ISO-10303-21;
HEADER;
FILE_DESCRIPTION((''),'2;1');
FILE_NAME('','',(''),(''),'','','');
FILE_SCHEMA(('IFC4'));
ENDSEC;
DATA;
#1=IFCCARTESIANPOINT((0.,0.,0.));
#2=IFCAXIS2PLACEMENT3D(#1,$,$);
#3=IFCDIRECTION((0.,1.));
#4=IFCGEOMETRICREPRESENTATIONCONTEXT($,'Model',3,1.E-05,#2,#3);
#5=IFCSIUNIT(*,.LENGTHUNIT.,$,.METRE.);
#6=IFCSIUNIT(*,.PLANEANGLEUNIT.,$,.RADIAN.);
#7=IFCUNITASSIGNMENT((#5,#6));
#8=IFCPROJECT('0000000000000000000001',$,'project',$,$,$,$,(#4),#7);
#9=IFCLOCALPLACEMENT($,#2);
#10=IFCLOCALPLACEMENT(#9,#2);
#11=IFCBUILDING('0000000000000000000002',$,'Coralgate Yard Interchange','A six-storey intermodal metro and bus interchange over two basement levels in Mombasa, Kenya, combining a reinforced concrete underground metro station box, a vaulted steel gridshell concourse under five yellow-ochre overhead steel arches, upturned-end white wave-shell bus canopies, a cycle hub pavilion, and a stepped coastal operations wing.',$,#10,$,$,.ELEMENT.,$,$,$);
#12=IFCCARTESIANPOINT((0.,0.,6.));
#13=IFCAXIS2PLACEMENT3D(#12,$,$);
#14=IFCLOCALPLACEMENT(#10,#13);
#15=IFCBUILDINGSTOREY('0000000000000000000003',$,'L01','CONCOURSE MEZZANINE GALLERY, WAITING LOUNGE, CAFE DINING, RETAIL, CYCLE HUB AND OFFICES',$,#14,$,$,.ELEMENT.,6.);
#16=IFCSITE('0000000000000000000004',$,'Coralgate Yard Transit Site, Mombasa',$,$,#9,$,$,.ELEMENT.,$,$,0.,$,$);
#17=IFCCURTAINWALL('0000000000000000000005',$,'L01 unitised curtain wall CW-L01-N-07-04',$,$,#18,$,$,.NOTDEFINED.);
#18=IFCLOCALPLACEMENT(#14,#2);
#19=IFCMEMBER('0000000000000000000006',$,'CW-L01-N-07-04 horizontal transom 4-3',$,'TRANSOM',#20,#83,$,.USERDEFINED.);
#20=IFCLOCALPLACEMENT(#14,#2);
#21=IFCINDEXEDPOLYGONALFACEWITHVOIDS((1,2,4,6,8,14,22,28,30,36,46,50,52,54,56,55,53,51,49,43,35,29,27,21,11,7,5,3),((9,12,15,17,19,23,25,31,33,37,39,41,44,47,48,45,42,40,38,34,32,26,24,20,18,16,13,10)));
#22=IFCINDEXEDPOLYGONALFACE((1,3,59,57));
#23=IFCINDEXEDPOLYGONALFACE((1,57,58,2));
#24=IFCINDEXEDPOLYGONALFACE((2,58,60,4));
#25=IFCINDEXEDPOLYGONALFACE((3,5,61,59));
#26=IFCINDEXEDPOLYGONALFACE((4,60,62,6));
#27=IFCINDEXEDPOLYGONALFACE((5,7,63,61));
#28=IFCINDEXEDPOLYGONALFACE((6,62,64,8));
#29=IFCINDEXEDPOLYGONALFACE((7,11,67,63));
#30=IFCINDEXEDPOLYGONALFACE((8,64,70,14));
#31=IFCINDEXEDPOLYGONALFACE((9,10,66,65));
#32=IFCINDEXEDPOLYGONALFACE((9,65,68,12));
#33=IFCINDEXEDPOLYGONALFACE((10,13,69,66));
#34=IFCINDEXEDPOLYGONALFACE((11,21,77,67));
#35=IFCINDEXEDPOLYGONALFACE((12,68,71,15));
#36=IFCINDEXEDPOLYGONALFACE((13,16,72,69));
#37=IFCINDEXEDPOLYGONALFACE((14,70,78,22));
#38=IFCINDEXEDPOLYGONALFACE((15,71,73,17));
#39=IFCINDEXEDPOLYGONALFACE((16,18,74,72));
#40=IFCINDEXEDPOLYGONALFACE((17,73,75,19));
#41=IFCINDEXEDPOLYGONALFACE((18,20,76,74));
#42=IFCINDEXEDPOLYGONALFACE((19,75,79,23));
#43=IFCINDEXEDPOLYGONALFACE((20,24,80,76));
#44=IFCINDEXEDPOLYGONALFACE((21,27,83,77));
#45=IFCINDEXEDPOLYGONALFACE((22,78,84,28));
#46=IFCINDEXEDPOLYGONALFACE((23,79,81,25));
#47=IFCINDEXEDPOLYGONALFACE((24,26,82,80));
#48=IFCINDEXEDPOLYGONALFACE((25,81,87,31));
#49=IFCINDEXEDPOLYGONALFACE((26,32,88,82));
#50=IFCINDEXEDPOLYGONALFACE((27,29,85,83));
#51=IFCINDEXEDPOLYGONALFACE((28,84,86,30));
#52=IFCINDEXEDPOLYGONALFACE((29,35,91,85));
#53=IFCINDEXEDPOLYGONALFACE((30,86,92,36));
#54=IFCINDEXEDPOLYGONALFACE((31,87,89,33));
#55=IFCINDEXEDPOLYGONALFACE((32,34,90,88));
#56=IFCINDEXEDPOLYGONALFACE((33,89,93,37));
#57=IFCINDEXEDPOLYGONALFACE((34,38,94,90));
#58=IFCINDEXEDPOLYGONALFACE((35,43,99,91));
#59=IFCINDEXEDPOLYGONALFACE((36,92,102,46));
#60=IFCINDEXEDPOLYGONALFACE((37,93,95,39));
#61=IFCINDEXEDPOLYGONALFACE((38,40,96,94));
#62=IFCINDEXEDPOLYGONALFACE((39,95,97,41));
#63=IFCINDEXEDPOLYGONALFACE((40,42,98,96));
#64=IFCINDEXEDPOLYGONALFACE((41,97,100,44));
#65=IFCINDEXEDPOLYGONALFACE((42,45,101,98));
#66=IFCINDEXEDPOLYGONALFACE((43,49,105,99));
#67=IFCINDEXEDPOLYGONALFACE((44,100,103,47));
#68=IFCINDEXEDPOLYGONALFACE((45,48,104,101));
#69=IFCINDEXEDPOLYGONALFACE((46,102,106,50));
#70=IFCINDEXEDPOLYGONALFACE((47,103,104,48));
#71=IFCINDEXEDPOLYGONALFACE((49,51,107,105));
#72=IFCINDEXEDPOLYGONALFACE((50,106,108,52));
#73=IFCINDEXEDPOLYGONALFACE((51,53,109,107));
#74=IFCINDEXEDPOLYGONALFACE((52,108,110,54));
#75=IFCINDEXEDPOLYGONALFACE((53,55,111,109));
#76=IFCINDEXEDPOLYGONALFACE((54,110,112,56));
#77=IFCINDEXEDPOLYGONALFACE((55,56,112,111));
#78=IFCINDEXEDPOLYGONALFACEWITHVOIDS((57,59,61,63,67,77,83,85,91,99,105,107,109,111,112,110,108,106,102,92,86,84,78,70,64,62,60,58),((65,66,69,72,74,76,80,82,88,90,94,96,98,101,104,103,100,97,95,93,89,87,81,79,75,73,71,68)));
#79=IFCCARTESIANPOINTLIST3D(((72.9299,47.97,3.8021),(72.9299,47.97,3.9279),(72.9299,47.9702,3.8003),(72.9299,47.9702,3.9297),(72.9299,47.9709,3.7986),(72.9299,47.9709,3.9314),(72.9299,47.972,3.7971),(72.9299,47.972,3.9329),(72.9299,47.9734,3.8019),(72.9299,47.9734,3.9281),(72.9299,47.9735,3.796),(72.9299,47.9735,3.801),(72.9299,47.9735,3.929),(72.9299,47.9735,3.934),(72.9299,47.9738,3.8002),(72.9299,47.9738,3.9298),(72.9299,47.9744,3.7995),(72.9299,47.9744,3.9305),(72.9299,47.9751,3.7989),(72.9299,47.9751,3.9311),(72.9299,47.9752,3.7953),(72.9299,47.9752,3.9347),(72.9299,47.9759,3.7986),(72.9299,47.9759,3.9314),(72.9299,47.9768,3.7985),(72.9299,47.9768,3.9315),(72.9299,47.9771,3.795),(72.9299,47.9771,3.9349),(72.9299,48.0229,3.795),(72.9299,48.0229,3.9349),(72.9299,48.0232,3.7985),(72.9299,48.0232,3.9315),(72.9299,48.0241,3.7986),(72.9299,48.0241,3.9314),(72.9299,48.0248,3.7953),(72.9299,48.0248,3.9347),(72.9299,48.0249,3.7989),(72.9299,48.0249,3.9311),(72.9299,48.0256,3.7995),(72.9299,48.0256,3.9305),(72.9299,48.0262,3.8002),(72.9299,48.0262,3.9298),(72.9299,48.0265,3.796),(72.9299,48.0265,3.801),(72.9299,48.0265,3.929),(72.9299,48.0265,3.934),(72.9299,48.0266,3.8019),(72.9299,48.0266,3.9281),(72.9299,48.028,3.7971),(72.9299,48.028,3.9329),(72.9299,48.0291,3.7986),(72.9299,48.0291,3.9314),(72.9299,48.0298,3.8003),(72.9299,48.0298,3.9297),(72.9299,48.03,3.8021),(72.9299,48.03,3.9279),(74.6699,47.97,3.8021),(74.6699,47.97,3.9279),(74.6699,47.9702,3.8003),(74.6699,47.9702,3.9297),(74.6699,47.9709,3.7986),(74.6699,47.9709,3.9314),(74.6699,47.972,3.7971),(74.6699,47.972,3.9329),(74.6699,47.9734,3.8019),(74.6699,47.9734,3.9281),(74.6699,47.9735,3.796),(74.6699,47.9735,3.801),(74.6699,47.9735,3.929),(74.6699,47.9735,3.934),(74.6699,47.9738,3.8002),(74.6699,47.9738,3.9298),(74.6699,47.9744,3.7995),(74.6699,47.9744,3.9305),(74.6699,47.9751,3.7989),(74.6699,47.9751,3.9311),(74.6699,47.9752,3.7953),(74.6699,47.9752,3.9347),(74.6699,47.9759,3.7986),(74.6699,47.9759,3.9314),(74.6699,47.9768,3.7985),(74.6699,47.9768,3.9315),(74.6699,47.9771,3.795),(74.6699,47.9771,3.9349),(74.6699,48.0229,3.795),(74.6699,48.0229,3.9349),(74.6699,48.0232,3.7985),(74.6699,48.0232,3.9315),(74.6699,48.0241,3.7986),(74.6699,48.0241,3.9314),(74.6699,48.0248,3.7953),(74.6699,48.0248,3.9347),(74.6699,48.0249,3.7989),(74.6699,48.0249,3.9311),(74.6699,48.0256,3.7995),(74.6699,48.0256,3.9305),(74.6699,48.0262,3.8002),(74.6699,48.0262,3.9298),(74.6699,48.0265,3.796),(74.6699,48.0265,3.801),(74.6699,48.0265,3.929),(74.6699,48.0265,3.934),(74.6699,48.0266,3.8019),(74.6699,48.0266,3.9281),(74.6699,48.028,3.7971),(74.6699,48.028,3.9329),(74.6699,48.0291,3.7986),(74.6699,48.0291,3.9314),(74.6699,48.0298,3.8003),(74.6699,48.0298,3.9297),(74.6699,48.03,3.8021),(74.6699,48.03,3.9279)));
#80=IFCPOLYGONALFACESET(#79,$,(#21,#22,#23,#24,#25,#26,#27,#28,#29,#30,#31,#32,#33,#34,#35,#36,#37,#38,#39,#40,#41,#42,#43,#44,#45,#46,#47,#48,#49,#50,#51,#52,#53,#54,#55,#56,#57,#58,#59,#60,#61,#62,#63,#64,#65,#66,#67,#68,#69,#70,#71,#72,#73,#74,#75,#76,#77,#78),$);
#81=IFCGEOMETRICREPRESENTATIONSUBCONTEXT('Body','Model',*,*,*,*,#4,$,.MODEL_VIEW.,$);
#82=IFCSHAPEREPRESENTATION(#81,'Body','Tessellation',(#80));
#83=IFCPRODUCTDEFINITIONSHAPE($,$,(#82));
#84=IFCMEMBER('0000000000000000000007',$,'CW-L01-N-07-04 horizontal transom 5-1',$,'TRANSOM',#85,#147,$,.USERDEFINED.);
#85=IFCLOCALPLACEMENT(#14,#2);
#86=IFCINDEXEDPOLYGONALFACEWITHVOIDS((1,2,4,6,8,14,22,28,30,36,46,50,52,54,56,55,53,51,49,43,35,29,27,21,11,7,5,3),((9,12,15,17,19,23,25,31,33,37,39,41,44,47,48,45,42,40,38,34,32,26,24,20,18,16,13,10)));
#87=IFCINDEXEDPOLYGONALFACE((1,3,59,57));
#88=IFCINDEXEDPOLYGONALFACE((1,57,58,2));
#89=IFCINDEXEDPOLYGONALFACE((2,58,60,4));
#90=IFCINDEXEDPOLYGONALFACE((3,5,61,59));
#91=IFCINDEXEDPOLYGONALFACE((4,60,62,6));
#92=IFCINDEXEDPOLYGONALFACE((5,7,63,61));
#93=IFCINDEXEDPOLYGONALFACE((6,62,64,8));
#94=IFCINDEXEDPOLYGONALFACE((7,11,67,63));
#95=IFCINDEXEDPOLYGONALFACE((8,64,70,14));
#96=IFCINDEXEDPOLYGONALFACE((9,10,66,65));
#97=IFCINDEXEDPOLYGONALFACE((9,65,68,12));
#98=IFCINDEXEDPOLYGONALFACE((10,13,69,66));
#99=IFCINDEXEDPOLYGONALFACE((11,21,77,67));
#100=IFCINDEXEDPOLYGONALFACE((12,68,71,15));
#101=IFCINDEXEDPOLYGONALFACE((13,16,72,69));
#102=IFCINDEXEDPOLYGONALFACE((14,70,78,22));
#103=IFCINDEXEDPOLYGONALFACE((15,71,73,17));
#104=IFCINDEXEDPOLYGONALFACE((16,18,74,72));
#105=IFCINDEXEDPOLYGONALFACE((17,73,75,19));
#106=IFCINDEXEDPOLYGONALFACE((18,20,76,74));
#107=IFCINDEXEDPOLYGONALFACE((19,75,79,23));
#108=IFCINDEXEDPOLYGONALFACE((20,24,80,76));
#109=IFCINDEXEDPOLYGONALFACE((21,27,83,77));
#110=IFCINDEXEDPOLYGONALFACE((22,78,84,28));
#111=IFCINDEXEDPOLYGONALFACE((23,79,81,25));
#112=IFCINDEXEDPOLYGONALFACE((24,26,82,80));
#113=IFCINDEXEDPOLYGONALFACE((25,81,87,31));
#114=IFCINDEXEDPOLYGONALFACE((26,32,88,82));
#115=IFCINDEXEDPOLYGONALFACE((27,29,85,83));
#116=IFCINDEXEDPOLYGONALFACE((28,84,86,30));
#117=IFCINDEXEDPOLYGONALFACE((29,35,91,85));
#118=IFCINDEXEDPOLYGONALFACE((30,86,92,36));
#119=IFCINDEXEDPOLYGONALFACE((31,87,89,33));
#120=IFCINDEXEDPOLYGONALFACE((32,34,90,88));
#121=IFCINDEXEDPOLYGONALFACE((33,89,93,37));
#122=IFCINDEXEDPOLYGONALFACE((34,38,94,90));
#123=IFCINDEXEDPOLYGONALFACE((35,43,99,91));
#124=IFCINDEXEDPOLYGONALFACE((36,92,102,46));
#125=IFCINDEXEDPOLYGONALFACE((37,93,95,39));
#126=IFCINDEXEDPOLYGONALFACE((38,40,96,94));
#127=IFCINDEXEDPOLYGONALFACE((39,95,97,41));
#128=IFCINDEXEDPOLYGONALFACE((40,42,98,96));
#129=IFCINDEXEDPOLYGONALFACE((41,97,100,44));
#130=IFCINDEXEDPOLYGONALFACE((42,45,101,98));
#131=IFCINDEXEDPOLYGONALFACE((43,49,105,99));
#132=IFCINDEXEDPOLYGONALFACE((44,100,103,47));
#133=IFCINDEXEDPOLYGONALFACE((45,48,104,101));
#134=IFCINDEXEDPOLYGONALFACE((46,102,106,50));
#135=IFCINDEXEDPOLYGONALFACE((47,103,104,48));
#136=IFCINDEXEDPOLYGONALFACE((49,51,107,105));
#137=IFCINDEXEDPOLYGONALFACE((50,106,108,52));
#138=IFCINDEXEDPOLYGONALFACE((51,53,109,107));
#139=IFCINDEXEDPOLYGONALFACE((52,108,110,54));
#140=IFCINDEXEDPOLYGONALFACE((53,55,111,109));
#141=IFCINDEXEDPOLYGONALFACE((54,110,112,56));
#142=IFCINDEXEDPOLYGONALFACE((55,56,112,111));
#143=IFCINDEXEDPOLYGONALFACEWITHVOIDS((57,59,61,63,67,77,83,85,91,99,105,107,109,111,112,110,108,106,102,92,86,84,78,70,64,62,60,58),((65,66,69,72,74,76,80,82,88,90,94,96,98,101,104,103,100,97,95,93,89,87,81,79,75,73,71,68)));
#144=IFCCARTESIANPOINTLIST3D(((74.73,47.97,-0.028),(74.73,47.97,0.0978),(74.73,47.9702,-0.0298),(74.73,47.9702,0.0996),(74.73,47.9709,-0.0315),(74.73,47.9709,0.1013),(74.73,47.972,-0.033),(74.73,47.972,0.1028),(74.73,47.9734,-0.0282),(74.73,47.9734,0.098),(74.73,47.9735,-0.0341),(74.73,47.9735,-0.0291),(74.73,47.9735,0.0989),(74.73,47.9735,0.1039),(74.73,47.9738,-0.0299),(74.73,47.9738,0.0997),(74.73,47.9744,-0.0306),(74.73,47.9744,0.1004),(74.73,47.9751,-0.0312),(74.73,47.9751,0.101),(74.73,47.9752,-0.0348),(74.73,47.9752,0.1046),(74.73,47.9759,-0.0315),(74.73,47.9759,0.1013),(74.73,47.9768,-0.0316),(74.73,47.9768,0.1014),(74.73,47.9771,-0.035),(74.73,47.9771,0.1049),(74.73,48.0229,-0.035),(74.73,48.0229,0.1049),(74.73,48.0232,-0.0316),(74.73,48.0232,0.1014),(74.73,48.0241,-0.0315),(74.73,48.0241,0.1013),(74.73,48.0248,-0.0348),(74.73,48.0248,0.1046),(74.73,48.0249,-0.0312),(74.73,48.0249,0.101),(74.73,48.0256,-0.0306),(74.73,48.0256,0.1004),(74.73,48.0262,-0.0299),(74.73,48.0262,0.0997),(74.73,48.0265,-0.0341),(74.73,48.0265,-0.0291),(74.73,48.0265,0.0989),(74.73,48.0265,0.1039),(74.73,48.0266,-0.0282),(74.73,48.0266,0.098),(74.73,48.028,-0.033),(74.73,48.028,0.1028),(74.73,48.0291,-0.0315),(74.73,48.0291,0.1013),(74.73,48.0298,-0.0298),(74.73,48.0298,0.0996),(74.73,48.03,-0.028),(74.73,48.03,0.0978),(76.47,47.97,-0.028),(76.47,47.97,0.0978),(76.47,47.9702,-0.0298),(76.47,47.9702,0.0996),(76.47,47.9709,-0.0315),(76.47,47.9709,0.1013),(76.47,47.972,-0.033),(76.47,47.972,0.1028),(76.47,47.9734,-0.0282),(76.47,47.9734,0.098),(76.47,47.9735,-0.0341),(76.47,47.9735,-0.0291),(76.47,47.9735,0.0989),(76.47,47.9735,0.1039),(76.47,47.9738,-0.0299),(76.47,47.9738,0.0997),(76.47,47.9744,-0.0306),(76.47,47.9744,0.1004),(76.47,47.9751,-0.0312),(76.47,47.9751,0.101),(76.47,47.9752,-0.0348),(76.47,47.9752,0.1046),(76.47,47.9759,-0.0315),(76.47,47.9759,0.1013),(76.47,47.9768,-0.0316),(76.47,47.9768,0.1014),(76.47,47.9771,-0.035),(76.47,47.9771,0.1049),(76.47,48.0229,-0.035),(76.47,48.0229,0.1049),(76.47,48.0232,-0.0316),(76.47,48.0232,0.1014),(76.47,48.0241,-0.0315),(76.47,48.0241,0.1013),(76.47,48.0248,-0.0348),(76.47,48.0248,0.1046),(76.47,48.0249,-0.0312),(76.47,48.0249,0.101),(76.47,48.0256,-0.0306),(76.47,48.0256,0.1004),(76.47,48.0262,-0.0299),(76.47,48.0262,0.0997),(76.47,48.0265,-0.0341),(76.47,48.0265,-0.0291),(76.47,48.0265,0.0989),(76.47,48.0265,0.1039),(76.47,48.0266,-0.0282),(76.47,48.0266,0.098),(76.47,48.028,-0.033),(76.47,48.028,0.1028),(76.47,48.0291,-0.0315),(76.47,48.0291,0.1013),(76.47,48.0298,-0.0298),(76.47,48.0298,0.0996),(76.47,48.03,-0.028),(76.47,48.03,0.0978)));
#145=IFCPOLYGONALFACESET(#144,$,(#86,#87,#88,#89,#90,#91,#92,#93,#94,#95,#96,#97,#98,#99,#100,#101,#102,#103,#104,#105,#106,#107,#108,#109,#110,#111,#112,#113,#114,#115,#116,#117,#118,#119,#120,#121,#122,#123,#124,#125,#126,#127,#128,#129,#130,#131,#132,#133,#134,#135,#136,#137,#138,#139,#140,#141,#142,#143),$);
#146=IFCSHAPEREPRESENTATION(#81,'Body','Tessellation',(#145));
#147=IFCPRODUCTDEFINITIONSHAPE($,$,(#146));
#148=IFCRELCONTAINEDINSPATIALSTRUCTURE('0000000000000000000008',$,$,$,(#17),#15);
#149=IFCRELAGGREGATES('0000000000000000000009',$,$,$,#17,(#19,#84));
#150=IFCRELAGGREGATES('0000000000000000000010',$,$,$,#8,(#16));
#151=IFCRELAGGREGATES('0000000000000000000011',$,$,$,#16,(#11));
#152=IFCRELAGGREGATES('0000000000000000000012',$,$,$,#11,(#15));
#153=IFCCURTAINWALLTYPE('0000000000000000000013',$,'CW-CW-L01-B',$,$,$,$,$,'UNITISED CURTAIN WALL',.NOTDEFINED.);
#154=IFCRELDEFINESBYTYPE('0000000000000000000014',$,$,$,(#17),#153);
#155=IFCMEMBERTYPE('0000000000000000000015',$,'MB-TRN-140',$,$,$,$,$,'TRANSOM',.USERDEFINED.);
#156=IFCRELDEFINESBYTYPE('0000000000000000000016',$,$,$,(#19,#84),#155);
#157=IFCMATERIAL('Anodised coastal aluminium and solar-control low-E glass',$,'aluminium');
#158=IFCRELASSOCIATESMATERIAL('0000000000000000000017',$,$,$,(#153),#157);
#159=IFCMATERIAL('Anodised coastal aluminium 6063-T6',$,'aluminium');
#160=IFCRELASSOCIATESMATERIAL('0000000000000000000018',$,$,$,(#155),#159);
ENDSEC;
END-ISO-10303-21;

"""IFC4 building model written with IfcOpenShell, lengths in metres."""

from ifc_helpers import new_model, si_unit, direction, frame, origin, origin_2d, place, context, subcontext, project, spatial, hollow_rectangle, extrude, material, material_profile, profile_set, type_object, element, aggregate, save


model = new_model("IFC4")

# Units and contexts
model_context = context("Model", 3, precision=1e-05, world=origin(), true_north=direction((0.0, 1.0)))
body_context = subcontext(model_context, "Body", "Model", "MODEL_VIEW")
ifc_project = project(units=[si_unit("LENGTHUNIT", "METRE"), si_unit("PLANEANGLEUNIT", "RADIAN")], contexts=[model_context])

# Site, building, storey
site_placement = place(None, origin())
site = spatial("IfcSite", under=ifc_project, at=site_placement, Name="Coralgate Yard Transit Site, Mombasa", CompositionType="ELEMENT", RefElevation=0.0)
building_placement = place(site_placement, origin())
building = spatial("IfcBuilding", under=site, at=building_placement, Name="Coralgate Yard Interchange", Description="A six-storey intermodal metro and bus interchange over two basement levels in Mombasa, Kenya, combining a reinforced concrete underground metro station box, a vaulted steel gridshell concourse under five yellow-ochre overhead steel arches, upturned-end white wave-shell bus canopies, a cycle hub pavilion, and a stepped coastal operations wing.", CompositionType="ELEMENT")
storey_placement = place(building_placement, frame((0.0, 0.0, 6.0)))
storey = spatial("IfcBuildingStorey", under=building, at=storey_placement, Name="L01", Description="CONCOURSE MEZZANINE GALLERY, WAITING LOUNGE, CAFE DINING, RETAIL, CYCLE HUB AND OFFICES", CompositionType="ELEMENT", Elevation=6.0)

# Shared definitions
ifc_material_1 = material(Name="Anodised coastal aluminium and solar-control low-E glass", Category="aluminium")
ifc_material_2 = material(Name="Anodised coastal aluminium 6063-T6", Category="aluminium")

# Curtain wall
curtain_wall_type_1 = type_object("IfcCurtainWallType", Name="CW-CW-L01-B", ElementType="UNITISED CURTAIN WALL", PredefinedType="NOTDEFINED", material=ifc_material_1)
curtain_wall_1_placement = place(storey_placement, origin())
curtain_wall_1 = element("IfcCurtainWall", 1, at=curtain_wall_1_placement, inside=storey, type_object=curtain_wall_type_1, Name="L01 unitised curtain wall CW-L01-N-07-04", PredefinedType="NOTDEFINED")

# Members
ifc_material_profile_1 = material_profile(ifc_material_2, hollow_rectangle(XDim=0.0601, YDim=0.1399, WallThickness=0.0034, InnerFilletRadius=0.0034, OuterFilletRadius=0.0071, at=origin_2d()), Name="ALU 60x140x3.5")
ifc_profile_set_1 = profile_set([ifc_material_profile_1], Name="Anodised coastal aluminium 6063-T6")
member_type_1 = type_object("IfcMemberType", Name="MB-TRN-140", ElementType="TRANSOM", PredefinedType="USERDEFINED", material=ifc_profile_set_1)
member_1_placement = place(storey_placement, frame((72.9299, 48.0, 3.865), z_axis=(1.0, 0.0, 0.0), x_axis=(0.0, 1.0, 0.0)))
member_1 = element("IfcMember", 2, at=member_1_placement, type_object=member_type_1, Name="CW-L01-N-07-04 horizontal transom 4-3", ObjectType="TRANSOM", PredefinedType="USERDEFINED", context=body_context, shape_type="SweptSolid", body=[
    extrude(hollow_rectangle(XDim=0.0601, YDim=0.1399, WallThickness=0.0034, InnerFilletRadius=0.0034, OuterFilletRadius=0.0071, at=origin_2d()), origin(), (0.0, 0.0, 1.0), 1.74),
])
member_2_placement = place(storey_placement, frame((74.73, 48.0, 0.0349), z_axis=(1.0, 0.0, 0.0), x_axis=(0.0, 1.0, 0.0)))
member_2 = element("IfcMember", 3, at=member_2_placement, type_object=member_type_1, Name="CW-L01-N-07-04 horizontal transom 5-1", ObjectType="TRANSOM", PredefinedType="USERDEFINED", context=body_context, shape_type="SweptSolid", body=[
    extrude(hollow_rectangle(XDim=0.0601, YDim=0.1399, WallThickness=0.0034, InnerFilletRadius=0.0034, OuterFilletRadius=0.0071, at=origin_2d()), origin(), (0.0, 0.0, 1.0), 1.74),
])

aggregate(curtain_wall_1, [member_1, member_2])

save(model, "model.ifc")
